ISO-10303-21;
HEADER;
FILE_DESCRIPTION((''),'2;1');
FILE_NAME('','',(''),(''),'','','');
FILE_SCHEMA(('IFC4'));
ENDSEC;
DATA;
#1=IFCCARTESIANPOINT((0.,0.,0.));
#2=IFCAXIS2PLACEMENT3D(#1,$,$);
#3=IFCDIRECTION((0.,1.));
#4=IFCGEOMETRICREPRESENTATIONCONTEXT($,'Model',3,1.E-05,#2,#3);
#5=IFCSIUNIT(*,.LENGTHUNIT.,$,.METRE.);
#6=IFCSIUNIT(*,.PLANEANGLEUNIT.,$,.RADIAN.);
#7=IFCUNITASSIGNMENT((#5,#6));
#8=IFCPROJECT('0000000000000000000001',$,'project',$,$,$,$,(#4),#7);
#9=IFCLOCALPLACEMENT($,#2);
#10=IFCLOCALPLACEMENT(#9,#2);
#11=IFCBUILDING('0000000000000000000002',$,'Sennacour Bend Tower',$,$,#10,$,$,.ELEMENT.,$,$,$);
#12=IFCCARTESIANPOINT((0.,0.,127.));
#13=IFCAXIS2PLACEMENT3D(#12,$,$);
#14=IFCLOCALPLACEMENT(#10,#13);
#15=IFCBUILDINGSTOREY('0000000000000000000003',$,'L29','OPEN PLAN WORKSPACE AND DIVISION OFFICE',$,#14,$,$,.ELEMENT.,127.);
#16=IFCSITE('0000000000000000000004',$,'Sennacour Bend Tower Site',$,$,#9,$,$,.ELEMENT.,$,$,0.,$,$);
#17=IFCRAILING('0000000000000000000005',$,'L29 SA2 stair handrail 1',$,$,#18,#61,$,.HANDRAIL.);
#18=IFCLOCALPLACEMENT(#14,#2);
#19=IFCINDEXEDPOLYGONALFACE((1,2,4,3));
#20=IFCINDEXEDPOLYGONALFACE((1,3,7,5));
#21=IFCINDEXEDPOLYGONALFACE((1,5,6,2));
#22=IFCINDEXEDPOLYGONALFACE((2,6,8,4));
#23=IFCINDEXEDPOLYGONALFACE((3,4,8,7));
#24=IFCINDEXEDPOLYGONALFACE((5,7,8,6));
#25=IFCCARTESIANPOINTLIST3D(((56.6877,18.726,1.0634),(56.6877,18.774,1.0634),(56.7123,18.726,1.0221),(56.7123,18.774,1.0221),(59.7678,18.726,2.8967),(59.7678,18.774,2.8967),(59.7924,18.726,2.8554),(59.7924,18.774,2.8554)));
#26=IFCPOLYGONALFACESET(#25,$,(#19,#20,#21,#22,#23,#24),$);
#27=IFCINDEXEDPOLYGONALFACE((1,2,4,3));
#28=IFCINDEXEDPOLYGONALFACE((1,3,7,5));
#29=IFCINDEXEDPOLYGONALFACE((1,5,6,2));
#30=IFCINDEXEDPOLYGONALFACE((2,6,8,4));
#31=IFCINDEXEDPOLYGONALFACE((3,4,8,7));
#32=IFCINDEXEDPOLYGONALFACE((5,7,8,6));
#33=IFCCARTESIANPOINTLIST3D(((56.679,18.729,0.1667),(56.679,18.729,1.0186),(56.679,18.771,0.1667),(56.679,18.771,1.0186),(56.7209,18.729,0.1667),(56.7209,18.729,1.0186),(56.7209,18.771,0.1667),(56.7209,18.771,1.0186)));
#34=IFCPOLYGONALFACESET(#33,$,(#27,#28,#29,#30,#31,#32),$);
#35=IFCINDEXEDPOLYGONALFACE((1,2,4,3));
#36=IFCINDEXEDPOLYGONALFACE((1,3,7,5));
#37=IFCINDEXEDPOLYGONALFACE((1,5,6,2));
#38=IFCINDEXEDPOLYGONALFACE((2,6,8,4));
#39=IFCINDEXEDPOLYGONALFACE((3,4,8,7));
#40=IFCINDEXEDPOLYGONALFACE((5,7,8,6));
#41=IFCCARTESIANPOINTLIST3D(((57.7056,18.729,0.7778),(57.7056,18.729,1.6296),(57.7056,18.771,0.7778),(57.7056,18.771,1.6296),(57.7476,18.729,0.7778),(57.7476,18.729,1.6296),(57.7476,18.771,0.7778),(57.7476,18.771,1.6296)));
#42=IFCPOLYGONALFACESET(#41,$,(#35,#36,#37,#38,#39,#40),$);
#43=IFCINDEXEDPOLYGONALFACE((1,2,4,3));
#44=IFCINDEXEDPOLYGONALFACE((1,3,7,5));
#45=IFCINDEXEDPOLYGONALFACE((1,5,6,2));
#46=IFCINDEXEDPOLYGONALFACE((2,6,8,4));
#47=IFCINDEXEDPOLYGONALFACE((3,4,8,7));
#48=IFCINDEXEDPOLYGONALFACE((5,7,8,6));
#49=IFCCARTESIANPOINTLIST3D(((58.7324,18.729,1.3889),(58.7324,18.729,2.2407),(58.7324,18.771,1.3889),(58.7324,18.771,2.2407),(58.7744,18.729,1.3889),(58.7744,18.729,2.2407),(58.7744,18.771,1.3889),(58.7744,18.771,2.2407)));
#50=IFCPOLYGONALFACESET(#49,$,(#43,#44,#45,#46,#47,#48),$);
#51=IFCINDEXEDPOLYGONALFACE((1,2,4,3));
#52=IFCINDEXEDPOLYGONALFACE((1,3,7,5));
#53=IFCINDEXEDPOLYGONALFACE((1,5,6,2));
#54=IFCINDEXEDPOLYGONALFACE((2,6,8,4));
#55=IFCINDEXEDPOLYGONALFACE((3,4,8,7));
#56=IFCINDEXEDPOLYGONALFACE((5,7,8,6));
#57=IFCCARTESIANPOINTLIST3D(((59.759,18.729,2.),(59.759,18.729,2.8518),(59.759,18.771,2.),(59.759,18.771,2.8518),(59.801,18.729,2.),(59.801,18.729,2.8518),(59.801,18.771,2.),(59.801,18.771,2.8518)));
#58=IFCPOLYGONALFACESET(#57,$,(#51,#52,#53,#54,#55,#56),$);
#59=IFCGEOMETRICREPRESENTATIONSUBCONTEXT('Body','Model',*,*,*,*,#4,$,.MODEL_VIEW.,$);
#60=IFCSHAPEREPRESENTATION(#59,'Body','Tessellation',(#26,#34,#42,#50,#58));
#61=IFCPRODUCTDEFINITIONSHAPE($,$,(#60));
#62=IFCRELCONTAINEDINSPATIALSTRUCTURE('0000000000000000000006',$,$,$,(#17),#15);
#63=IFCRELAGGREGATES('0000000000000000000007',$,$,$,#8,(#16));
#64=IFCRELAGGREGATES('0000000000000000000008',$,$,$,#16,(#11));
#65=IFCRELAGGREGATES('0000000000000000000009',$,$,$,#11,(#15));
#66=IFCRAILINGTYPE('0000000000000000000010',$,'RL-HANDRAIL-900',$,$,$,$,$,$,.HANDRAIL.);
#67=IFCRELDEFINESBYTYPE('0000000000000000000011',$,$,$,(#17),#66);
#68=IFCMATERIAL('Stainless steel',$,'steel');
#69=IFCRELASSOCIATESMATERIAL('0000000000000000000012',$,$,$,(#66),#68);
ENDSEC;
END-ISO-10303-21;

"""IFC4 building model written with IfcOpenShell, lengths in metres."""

from ifc_helpers import new_model, si_unit, direction, frame, origin, origin_2d, place, context, subcontext, project, spatial, rectangle, extrude, material, type_object, element, save


model = new_model("IFC4")

# Units and contexts
model_context = context("Model", 3, precision=1e-05, world=origin(), true_north=direction((0.0, 1.0)))
body_context = subcontext(model_context, "Body", "Model", "MODEL_VIEW")
ifc_project = project(units=[si_unit("LENGTHUNIT", "METRE"), si_unit("PLANEANGLEUNIT", "RADIAN")], contexts=[model_context])

# Site, building, storey
site_placement = place(None, origin())
site = spatial("IfcSite", under=ifc_project, at=site_placement, Name="Sennacour Bend Tower Site", CompositionType="ELEMENT", RefElevation=0.0)
building_placement = place(site_placement, origin())
building = spatial("IfcBuilding", under=site, at=building_placement, Name="Sennacour Bend Tower", CompositionType="ELEMENT")
storey_placement = place(building_placement, frame((0.0, 0.0, 127.0)))
storey = spatial("IfcBuildingStorey", under=building, at=storey_placement, Name="L29", Description="OPEN PLAN WORKSPACE AND DIVISION OFFICE", CompositionType="ELEMENT", Elevation=127.0)

# Shared definitions
ifc_material_1 = material(Name="Stainless steel", Category="steel")

# Railing
railing_type_1 = type_object("IfcRailingType", Name="RL-HANDRAIL-900", PredefinedType="HANDRAIL", material=ifc_material_1)
railing_1_placement = place(storey_placement, frame((56.7, 18.75, 0.1667)))
element("IfcRailing", 1, at=railing_1_placement, inside=storey, type_object=railing_type_1, Name="L29 SA2 stair handrail 1", PredefinedType="HANDRAIL", context=body_context, shape_type="SweptSolid", body=[
    extrude(rectangle(XDim=0.0481, YDim=0.0481, at=origin_2d()), frame((0.0, 0.0, 0.876), z_axis=(0.859309, 0.0, 0.511458), x_axis=(0.0, 1.0, 0.0)), (0.0, 0.0, 1.0), 3.5845),
    extrude(rectangle(XDim=0.042, YDim=0.042, at=origin_2d()), origin(), (0.0, 0.0, 1.0), 0.8518),
    extrude(rectangle(XDim=0.042, YDim=0.042, at=origin_2d()), frame((1.0266, 0.0, 0.6111)), (0.0, 0.0, 1.0), 0.8518),
    extrude(rectangle(XDim=0.042, YDim=0.042, at=origin_2d()), frame((2.0535, 0.0, 1.2222)), (0.0, 0.0, 1.0), 0.8518),
    extrude(rectangle(XDim=0.042, YDim=0.042, at=origin_2d()), frame((3.0801, 0.0, 1.8333)), (0.0, 0.0, 1.0), 0.8518),
])

save(model, "model.ifc")
